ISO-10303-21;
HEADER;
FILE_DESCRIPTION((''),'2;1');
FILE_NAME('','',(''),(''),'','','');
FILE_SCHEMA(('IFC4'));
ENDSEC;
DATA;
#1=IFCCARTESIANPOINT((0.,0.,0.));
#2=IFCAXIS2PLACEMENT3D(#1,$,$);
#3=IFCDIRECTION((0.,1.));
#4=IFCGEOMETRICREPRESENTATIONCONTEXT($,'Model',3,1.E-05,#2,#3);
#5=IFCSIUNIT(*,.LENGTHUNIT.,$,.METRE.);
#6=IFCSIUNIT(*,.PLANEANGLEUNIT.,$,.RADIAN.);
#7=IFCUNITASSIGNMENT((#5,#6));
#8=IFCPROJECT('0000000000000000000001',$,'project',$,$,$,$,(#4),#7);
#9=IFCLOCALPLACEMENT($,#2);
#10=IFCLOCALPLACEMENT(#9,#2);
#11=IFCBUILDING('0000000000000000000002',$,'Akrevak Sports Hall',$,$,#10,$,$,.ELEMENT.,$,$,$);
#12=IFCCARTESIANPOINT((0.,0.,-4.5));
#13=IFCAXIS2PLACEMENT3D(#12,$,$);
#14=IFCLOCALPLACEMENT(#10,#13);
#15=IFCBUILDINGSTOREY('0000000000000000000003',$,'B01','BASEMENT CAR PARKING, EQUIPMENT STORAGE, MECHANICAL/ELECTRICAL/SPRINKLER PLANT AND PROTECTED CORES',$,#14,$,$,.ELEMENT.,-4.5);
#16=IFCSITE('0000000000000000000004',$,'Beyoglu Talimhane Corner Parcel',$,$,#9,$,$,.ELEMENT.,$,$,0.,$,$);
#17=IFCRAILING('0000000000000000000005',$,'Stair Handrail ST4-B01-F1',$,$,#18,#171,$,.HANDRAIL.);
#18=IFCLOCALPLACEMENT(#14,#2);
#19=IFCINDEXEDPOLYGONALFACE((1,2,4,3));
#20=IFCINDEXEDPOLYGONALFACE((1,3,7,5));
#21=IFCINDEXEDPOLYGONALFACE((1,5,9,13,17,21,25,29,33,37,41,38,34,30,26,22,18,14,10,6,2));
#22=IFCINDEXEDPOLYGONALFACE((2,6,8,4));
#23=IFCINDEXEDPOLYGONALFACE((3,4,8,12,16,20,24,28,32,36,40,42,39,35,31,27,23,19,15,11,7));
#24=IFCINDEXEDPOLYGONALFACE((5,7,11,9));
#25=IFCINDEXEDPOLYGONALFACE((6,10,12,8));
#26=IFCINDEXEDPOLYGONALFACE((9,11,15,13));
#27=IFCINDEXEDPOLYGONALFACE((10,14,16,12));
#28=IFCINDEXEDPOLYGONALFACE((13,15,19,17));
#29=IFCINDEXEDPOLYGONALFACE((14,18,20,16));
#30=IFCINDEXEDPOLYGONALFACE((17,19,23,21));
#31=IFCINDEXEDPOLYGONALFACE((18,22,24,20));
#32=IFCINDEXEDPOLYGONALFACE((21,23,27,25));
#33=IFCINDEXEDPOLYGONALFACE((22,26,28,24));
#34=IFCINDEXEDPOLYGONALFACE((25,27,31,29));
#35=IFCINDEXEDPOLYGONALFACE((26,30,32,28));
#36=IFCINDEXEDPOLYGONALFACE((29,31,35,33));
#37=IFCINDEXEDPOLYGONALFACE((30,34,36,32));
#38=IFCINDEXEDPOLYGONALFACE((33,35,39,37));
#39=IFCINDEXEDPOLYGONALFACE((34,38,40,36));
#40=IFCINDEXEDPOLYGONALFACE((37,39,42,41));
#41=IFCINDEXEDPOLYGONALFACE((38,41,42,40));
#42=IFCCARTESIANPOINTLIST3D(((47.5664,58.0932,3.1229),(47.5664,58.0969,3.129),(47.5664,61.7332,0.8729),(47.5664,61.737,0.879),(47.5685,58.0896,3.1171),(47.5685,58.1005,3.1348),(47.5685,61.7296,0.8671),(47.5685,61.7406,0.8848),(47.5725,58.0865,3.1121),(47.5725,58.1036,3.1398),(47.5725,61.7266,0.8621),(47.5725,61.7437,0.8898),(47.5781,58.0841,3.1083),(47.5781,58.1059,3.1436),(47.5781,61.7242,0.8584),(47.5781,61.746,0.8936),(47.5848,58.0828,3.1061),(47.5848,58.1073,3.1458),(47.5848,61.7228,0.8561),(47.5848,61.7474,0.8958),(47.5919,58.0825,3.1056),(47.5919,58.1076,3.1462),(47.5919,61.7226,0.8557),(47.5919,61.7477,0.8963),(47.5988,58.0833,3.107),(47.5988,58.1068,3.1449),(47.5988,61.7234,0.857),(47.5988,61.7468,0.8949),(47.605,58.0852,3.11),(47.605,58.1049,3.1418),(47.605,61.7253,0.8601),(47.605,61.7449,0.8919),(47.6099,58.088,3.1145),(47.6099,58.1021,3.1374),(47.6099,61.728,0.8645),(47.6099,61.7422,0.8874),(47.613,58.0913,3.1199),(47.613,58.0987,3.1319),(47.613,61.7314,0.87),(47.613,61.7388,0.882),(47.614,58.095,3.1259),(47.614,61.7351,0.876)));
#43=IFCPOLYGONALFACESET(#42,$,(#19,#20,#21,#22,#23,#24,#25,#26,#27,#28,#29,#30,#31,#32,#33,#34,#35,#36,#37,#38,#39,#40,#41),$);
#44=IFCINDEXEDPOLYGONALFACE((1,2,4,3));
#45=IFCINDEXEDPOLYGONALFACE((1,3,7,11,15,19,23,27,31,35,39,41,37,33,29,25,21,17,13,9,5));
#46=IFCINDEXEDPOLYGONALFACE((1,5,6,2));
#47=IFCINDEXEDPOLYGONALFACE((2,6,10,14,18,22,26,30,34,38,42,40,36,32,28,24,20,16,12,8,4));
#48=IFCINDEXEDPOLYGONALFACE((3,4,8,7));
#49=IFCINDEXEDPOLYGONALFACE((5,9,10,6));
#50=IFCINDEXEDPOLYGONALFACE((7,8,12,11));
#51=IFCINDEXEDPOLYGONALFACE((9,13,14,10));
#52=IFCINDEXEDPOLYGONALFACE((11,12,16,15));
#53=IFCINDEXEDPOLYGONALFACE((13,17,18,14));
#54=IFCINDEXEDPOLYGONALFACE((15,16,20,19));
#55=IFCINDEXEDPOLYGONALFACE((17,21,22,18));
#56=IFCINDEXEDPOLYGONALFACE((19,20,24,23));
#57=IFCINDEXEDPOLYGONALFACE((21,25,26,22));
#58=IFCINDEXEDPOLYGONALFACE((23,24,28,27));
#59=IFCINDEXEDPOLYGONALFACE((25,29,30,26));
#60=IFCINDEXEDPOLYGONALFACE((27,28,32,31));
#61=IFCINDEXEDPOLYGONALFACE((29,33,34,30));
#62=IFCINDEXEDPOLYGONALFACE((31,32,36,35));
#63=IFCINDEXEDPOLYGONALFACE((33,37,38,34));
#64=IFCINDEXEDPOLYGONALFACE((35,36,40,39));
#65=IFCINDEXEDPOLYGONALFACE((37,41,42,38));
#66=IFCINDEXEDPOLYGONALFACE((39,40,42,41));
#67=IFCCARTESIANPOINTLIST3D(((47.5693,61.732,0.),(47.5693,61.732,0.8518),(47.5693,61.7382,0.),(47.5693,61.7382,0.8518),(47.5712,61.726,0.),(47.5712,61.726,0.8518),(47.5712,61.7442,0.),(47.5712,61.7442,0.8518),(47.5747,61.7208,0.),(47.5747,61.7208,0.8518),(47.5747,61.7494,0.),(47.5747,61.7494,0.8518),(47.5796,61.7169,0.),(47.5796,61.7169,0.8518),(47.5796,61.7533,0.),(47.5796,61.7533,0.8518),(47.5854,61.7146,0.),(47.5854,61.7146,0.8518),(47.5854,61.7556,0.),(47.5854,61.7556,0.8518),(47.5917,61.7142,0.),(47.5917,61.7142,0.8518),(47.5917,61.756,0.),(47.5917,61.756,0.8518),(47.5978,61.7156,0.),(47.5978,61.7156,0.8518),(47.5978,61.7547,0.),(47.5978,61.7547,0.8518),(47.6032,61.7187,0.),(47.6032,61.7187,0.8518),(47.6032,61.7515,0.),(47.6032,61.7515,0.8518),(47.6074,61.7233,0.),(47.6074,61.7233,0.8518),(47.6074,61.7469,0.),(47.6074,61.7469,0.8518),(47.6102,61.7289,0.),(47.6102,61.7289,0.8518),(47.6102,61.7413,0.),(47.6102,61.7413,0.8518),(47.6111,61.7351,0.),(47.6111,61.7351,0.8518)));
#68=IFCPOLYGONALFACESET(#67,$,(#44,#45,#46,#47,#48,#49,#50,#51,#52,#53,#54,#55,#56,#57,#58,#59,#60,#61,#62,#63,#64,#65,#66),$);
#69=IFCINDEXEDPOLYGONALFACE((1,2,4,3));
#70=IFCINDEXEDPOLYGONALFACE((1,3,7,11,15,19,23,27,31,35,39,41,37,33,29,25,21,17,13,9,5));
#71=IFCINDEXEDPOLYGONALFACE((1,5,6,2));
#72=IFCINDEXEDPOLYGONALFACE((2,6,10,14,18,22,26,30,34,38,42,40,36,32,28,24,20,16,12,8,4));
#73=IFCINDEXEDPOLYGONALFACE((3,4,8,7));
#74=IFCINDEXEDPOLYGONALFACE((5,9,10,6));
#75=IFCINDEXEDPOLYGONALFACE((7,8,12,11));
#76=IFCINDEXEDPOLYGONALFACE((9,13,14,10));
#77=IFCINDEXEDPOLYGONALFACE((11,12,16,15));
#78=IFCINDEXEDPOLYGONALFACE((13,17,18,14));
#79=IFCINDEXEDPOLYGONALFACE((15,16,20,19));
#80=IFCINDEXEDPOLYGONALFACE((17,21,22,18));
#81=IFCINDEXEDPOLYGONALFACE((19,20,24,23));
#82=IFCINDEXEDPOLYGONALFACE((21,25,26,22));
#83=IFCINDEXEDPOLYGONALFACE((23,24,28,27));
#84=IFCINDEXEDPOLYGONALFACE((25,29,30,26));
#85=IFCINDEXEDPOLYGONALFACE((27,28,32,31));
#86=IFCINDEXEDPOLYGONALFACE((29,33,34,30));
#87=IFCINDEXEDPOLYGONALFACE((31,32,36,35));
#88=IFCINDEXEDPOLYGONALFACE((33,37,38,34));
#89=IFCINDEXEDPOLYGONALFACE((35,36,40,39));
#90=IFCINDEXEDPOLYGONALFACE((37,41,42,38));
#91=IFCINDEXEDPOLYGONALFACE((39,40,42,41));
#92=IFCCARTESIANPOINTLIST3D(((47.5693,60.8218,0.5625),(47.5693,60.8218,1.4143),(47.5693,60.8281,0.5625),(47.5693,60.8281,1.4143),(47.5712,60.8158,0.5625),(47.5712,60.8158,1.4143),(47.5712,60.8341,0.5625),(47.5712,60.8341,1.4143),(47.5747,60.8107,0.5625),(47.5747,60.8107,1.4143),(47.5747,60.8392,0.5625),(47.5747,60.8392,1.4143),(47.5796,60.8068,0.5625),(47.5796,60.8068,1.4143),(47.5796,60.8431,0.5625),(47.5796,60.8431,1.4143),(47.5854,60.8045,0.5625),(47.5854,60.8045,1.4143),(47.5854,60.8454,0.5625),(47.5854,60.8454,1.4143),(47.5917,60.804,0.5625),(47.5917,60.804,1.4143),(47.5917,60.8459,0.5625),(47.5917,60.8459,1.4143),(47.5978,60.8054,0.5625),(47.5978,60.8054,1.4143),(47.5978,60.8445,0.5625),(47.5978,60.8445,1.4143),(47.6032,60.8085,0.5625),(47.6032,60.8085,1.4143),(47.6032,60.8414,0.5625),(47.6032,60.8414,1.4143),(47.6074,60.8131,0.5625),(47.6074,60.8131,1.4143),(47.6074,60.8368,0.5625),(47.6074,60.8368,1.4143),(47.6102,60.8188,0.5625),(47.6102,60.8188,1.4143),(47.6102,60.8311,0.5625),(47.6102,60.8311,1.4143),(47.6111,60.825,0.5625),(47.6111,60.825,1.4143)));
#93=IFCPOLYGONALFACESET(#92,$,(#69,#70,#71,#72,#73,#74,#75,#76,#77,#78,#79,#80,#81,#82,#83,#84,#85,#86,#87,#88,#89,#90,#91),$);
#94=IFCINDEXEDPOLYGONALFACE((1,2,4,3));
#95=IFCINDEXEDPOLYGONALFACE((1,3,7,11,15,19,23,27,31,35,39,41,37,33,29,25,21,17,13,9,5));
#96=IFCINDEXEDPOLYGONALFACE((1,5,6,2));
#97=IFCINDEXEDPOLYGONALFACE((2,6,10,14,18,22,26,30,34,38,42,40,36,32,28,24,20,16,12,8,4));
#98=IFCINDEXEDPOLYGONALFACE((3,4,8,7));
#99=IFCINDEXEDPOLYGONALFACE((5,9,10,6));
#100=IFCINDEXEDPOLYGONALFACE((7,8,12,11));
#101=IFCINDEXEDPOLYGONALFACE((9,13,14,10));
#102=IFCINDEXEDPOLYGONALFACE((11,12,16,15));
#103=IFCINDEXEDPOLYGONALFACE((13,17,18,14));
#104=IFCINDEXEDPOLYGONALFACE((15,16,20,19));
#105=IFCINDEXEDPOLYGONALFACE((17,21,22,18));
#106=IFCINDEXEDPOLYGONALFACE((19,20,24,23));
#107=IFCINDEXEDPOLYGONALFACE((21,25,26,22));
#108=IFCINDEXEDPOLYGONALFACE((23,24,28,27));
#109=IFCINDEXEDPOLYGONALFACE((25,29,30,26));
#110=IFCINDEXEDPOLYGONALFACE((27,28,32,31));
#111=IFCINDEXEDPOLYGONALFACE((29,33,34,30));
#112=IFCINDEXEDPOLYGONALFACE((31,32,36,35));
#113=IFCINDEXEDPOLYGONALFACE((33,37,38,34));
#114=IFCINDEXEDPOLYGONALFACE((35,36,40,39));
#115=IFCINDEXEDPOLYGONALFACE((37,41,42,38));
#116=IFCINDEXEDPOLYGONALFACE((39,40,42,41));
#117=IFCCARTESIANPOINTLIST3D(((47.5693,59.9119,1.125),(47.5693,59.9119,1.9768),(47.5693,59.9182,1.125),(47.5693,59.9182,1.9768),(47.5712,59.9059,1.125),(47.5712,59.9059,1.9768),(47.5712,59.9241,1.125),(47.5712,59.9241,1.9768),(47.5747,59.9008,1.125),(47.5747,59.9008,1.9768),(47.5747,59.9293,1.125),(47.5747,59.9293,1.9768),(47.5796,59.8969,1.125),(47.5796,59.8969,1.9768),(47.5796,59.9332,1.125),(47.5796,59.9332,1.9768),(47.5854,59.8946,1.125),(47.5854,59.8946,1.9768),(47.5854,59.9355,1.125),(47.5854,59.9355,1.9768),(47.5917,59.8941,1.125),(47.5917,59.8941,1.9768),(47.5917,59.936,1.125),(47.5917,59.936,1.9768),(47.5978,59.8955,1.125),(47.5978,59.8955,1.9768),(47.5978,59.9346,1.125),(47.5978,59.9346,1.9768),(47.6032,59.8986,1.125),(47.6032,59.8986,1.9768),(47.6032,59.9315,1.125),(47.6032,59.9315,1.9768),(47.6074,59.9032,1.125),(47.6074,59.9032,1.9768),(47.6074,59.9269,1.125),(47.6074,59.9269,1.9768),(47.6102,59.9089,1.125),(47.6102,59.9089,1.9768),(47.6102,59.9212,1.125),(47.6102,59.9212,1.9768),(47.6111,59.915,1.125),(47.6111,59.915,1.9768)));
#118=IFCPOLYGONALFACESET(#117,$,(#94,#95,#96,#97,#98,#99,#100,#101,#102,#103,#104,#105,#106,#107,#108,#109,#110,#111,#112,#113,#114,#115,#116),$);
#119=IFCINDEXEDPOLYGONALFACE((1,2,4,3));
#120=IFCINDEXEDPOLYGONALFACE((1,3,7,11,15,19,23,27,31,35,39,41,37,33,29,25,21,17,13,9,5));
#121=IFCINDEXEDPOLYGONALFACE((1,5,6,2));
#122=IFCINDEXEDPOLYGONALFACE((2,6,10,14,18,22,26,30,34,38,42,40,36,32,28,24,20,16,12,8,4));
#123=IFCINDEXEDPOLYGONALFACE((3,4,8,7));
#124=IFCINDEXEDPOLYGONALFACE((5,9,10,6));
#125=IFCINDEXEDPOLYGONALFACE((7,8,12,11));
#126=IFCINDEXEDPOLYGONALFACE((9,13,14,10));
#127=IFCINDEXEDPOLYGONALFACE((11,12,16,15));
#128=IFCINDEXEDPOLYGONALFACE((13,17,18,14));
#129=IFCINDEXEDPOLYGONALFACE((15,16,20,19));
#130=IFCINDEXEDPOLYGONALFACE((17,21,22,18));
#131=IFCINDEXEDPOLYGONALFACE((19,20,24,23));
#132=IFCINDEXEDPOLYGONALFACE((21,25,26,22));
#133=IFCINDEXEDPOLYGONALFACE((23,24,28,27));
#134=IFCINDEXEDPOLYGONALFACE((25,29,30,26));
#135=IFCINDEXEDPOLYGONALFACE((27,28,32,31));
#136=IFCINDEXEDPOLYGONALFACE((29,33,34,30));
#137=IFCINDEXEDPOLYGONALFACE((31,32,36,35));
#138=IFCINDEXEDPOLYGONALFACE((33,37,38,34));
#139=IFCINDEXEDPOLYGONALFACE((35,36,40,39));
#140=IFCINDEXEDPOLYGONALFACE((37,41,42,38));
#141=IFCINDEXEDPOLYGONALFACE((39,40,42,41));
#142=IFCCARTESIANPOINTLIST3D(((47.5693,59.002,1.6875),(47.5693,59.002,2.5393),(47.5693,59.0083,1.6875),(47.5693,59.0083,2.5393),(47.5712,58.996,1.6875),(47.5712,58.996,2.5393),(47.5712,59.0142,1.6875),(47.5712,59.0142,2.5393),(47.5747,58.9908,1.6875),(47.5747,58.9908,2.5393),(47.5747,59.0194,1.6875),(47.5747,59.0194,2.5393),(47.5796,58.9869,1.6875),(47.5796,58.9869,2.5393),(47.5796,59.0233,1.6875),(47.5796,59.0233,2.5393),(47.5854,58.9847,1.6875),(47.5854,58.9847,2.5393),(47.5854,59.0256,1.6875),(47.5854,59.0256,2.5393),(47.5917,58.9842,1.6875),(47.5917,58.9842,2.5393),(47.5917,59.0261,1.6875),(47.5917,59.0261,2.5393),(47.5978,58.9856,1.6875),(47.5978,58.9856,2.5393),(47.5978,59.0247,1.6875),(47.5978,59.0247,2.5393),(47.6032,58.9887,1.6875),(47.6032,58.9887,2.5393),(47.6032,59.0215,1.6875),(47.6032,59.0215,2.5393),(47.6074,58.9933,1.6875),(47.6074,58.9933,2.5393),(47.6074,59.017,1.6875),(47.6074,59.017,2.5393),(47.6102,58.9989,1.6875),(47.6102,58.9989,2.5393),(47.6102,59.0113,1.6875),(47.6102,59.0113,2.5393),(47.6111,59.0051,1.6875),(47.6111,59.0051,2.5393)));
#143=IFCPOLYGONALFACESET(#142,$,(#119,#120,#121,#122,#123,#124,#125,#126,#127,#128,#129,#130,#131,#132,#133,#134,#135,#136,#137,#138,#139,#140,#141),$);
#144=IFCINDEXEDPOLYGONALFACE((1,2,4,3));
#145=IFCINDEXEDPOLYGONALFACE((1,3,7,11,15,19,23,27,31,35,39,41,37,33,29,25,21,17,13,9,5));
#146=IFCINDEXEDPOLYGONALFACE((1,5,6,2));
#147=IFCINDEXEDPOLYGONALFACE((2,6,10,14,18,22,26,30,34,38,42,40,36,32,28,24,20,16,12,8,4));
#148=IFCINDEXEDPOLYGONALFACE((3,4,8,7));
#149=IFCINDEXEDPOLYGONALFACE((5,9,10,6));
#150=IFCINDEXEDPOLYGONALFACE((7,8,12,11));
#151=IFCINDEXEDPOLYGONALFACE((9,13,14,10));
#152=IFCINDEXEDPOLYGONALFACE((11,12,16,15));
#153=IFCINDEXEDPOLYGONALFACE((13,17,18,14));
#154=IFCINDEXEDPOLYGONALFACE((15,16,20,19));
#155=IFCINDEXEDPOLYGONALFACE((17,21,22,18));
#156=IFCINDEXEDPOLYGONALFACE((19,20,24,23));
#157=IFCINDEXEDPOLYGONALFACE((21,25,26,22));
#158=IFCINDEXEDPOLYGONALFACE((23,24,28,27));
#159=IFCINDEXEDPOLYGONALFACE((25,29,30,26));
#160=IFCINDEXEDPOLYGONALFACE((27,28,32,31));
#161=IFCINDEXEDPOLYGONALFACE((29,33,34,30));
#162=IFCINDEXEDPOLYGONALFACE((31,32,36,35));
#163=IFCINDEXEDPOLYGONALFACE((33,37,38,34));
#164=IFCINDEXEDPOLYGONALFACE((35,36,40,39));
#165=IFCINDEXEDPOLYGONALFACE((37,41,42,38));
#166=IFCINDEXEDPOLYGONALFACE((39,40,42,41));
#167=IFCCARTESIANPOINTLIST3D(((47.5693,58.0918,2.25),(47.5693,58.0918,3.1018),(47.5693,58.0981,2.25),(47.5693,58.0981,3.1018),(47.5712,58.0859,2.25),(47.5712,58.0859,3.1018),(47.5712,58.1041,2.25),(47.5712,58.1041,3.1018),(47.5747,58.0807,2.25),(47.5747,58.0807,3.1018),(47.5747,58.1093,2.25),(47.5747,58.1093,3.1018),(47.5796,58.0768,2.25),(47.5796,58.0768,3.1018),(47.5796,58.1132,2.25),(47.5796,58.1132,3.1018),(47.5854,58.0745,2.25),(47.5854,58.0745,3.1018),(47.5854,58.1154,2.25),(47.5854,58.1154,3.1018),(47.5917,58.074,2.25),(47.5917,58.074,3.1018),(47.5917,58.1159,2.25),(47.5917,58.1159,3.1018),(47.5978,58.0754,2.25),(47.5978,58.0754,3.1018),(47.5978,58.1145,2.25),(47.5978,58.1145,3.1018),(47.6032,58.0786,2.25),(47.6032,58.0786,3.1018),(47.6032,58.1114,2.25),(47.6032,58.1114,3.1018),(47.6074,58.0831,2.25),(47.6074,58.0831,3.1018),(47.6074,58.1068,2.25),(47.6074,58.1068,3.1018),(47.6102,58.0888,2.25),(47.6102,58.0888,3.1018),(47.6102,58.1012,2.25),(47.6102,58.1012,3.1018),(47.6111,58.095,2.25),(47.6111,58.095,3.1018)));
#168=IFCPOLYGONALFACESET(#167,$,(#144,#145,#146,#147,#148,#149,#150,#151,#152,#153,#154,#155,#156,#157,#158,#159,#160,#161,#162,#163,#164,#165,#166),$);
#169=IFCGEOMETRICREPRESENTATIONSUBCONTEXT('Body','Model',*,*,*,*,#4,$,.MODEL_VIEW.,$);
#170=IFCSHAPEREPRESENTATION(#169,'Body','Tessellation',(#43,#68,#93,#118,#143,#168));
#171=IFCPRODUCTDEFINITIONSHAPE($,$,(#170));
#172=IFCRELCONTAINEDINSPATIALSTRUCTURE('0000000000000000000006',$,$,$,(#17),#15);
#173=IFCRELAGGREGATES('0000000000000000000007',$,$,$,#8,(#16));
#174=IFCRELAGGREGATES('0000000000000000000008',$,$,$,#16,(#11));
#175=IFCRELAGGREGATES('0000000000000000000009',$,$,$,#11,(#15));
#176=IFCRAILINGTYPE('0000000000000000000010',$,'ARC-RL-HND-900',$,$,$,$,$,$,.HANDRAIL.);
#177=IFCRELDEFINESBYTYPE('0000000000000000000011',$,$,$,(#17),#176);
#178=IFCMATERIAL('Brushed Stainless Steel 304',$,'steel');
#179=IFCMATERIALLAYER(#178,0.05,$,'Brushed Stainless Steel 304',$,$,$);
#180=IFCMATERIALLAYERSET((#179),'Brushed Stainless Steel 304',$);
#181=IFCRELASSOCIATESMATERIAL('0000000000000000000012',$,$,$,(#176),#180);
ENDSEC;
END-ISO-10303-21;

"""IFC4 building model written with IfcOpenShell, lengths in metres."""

from ifc_helpers import new_model, si_unit, direction, frame, origin, origin_2d, place, context, subcontext, project, spatial, circle, extrude, material, layer, layer_set, type_object, element, save


model = new_model("IFC4")

# Units and contexts
model_context = context("Model", 3, precision=1e-05, world=origin(), true_north=direction((0.0, 1.0)))
body_context = subcontext(model_context, "Body", "Model", "MODEL_VIEW")
ifc_project = project(units=[si_unit("LENGTHUNIT", "METRE"), si_unit("PLANEANGLEUNIT", "RADIAN")], contexts=[model_context])

# Site, building, storey
site_placement = place(None, origin())
site = spatial("IfcSite", under=ifc_project, at=site_placement, Name="Beyoglu Talimhane Corner Parcel", CompositionType="ELEMENT", RefElevation=0.0)
building_placement = place(site_placement, origin())
building = spatial("IfcBuilding", under=site, at=building_placement, Name="Akrevak Sports Hall", CompositionType="ELEMENT")
storey_placement = place(building_placement, frame((0.0, 0.0, -4.5)))
storey = spatial("IfcBuildingStorey", under=building, at=storey_placement, Name="B01", Description="BASEMENT CAR PARKING, EQUIPMENT STORAGE, MECHANICAL/ELECTRICAL/SPRINKLER PLANT AND PROTECTED CORES", CompositionType="ELEMENT", Elevation=-4.5)

# Railing
ifc_material_1 = material(Name="Brushed Stainless Steel 304", Category="steel")
ifc_layer_1 = layer(ifc_material_1, 0.05, Name="Brushed Stainless Steel 304")
ifc_layer_set_1 = layer_set([ifc_layer_1], Name="Brushed Stainless Steel 304")
railing_type_1 = type_object("IfcRailingType", Name="ARC-RL-HND-900", PredefinedType="HANDRAIL", material=ifc_layer_set_1)
railing_1_placement = place(storey_placement, frame((47.5901, 61.7351, 0.0)))
element("IfcRailing", 1, at=railing_1_placement, inside=storey, type_object=railing_type_1, Name="Stair Handrail ST4-B01-F1", PredefinedType="HANDRAIL", context=body_context, shape_type="SweptSolid", body=[
    extrude(circle(Radius=0.0239, at=origin_2d()), frame((0.0, 0.0, 0.876), z_axis=(0.0, -0.850622, 0.525777), x_axis=(1.0, 0.0, 0.0)), (0.0, 0.0, 1.0), 4.2793),
    extrude(circle(Radius=0.021, at=origin_2d()), origin(), (0.0, 0.0, 1.0), 0.8518),
    extrude(circle(Radius=0.021, at=origin_2d()), frame((0.0, -0.9102, 0.5625)), (0.0, 0.0, 1.0), 0.8518),
    extrude(circle(Radius=0.021, at=origin_2d()), frame((0.0, -1.8201, 1.125)), (0.0, 0.0, 1.0), 0.8518),
    extrude(circle(Radius=0.021, at=origin_2d()), frame((0.0, -2.73, 1.6875)), (0.0, 0.0, 1.0), 0.8518),
    extrude(circle(Radius=0.021, at=origin_2d()), frame((0.0, -3.6401, 2.25)), (0.0, 0.0, 1.0), 0.8518),
])

save(model, "model.ifc")
